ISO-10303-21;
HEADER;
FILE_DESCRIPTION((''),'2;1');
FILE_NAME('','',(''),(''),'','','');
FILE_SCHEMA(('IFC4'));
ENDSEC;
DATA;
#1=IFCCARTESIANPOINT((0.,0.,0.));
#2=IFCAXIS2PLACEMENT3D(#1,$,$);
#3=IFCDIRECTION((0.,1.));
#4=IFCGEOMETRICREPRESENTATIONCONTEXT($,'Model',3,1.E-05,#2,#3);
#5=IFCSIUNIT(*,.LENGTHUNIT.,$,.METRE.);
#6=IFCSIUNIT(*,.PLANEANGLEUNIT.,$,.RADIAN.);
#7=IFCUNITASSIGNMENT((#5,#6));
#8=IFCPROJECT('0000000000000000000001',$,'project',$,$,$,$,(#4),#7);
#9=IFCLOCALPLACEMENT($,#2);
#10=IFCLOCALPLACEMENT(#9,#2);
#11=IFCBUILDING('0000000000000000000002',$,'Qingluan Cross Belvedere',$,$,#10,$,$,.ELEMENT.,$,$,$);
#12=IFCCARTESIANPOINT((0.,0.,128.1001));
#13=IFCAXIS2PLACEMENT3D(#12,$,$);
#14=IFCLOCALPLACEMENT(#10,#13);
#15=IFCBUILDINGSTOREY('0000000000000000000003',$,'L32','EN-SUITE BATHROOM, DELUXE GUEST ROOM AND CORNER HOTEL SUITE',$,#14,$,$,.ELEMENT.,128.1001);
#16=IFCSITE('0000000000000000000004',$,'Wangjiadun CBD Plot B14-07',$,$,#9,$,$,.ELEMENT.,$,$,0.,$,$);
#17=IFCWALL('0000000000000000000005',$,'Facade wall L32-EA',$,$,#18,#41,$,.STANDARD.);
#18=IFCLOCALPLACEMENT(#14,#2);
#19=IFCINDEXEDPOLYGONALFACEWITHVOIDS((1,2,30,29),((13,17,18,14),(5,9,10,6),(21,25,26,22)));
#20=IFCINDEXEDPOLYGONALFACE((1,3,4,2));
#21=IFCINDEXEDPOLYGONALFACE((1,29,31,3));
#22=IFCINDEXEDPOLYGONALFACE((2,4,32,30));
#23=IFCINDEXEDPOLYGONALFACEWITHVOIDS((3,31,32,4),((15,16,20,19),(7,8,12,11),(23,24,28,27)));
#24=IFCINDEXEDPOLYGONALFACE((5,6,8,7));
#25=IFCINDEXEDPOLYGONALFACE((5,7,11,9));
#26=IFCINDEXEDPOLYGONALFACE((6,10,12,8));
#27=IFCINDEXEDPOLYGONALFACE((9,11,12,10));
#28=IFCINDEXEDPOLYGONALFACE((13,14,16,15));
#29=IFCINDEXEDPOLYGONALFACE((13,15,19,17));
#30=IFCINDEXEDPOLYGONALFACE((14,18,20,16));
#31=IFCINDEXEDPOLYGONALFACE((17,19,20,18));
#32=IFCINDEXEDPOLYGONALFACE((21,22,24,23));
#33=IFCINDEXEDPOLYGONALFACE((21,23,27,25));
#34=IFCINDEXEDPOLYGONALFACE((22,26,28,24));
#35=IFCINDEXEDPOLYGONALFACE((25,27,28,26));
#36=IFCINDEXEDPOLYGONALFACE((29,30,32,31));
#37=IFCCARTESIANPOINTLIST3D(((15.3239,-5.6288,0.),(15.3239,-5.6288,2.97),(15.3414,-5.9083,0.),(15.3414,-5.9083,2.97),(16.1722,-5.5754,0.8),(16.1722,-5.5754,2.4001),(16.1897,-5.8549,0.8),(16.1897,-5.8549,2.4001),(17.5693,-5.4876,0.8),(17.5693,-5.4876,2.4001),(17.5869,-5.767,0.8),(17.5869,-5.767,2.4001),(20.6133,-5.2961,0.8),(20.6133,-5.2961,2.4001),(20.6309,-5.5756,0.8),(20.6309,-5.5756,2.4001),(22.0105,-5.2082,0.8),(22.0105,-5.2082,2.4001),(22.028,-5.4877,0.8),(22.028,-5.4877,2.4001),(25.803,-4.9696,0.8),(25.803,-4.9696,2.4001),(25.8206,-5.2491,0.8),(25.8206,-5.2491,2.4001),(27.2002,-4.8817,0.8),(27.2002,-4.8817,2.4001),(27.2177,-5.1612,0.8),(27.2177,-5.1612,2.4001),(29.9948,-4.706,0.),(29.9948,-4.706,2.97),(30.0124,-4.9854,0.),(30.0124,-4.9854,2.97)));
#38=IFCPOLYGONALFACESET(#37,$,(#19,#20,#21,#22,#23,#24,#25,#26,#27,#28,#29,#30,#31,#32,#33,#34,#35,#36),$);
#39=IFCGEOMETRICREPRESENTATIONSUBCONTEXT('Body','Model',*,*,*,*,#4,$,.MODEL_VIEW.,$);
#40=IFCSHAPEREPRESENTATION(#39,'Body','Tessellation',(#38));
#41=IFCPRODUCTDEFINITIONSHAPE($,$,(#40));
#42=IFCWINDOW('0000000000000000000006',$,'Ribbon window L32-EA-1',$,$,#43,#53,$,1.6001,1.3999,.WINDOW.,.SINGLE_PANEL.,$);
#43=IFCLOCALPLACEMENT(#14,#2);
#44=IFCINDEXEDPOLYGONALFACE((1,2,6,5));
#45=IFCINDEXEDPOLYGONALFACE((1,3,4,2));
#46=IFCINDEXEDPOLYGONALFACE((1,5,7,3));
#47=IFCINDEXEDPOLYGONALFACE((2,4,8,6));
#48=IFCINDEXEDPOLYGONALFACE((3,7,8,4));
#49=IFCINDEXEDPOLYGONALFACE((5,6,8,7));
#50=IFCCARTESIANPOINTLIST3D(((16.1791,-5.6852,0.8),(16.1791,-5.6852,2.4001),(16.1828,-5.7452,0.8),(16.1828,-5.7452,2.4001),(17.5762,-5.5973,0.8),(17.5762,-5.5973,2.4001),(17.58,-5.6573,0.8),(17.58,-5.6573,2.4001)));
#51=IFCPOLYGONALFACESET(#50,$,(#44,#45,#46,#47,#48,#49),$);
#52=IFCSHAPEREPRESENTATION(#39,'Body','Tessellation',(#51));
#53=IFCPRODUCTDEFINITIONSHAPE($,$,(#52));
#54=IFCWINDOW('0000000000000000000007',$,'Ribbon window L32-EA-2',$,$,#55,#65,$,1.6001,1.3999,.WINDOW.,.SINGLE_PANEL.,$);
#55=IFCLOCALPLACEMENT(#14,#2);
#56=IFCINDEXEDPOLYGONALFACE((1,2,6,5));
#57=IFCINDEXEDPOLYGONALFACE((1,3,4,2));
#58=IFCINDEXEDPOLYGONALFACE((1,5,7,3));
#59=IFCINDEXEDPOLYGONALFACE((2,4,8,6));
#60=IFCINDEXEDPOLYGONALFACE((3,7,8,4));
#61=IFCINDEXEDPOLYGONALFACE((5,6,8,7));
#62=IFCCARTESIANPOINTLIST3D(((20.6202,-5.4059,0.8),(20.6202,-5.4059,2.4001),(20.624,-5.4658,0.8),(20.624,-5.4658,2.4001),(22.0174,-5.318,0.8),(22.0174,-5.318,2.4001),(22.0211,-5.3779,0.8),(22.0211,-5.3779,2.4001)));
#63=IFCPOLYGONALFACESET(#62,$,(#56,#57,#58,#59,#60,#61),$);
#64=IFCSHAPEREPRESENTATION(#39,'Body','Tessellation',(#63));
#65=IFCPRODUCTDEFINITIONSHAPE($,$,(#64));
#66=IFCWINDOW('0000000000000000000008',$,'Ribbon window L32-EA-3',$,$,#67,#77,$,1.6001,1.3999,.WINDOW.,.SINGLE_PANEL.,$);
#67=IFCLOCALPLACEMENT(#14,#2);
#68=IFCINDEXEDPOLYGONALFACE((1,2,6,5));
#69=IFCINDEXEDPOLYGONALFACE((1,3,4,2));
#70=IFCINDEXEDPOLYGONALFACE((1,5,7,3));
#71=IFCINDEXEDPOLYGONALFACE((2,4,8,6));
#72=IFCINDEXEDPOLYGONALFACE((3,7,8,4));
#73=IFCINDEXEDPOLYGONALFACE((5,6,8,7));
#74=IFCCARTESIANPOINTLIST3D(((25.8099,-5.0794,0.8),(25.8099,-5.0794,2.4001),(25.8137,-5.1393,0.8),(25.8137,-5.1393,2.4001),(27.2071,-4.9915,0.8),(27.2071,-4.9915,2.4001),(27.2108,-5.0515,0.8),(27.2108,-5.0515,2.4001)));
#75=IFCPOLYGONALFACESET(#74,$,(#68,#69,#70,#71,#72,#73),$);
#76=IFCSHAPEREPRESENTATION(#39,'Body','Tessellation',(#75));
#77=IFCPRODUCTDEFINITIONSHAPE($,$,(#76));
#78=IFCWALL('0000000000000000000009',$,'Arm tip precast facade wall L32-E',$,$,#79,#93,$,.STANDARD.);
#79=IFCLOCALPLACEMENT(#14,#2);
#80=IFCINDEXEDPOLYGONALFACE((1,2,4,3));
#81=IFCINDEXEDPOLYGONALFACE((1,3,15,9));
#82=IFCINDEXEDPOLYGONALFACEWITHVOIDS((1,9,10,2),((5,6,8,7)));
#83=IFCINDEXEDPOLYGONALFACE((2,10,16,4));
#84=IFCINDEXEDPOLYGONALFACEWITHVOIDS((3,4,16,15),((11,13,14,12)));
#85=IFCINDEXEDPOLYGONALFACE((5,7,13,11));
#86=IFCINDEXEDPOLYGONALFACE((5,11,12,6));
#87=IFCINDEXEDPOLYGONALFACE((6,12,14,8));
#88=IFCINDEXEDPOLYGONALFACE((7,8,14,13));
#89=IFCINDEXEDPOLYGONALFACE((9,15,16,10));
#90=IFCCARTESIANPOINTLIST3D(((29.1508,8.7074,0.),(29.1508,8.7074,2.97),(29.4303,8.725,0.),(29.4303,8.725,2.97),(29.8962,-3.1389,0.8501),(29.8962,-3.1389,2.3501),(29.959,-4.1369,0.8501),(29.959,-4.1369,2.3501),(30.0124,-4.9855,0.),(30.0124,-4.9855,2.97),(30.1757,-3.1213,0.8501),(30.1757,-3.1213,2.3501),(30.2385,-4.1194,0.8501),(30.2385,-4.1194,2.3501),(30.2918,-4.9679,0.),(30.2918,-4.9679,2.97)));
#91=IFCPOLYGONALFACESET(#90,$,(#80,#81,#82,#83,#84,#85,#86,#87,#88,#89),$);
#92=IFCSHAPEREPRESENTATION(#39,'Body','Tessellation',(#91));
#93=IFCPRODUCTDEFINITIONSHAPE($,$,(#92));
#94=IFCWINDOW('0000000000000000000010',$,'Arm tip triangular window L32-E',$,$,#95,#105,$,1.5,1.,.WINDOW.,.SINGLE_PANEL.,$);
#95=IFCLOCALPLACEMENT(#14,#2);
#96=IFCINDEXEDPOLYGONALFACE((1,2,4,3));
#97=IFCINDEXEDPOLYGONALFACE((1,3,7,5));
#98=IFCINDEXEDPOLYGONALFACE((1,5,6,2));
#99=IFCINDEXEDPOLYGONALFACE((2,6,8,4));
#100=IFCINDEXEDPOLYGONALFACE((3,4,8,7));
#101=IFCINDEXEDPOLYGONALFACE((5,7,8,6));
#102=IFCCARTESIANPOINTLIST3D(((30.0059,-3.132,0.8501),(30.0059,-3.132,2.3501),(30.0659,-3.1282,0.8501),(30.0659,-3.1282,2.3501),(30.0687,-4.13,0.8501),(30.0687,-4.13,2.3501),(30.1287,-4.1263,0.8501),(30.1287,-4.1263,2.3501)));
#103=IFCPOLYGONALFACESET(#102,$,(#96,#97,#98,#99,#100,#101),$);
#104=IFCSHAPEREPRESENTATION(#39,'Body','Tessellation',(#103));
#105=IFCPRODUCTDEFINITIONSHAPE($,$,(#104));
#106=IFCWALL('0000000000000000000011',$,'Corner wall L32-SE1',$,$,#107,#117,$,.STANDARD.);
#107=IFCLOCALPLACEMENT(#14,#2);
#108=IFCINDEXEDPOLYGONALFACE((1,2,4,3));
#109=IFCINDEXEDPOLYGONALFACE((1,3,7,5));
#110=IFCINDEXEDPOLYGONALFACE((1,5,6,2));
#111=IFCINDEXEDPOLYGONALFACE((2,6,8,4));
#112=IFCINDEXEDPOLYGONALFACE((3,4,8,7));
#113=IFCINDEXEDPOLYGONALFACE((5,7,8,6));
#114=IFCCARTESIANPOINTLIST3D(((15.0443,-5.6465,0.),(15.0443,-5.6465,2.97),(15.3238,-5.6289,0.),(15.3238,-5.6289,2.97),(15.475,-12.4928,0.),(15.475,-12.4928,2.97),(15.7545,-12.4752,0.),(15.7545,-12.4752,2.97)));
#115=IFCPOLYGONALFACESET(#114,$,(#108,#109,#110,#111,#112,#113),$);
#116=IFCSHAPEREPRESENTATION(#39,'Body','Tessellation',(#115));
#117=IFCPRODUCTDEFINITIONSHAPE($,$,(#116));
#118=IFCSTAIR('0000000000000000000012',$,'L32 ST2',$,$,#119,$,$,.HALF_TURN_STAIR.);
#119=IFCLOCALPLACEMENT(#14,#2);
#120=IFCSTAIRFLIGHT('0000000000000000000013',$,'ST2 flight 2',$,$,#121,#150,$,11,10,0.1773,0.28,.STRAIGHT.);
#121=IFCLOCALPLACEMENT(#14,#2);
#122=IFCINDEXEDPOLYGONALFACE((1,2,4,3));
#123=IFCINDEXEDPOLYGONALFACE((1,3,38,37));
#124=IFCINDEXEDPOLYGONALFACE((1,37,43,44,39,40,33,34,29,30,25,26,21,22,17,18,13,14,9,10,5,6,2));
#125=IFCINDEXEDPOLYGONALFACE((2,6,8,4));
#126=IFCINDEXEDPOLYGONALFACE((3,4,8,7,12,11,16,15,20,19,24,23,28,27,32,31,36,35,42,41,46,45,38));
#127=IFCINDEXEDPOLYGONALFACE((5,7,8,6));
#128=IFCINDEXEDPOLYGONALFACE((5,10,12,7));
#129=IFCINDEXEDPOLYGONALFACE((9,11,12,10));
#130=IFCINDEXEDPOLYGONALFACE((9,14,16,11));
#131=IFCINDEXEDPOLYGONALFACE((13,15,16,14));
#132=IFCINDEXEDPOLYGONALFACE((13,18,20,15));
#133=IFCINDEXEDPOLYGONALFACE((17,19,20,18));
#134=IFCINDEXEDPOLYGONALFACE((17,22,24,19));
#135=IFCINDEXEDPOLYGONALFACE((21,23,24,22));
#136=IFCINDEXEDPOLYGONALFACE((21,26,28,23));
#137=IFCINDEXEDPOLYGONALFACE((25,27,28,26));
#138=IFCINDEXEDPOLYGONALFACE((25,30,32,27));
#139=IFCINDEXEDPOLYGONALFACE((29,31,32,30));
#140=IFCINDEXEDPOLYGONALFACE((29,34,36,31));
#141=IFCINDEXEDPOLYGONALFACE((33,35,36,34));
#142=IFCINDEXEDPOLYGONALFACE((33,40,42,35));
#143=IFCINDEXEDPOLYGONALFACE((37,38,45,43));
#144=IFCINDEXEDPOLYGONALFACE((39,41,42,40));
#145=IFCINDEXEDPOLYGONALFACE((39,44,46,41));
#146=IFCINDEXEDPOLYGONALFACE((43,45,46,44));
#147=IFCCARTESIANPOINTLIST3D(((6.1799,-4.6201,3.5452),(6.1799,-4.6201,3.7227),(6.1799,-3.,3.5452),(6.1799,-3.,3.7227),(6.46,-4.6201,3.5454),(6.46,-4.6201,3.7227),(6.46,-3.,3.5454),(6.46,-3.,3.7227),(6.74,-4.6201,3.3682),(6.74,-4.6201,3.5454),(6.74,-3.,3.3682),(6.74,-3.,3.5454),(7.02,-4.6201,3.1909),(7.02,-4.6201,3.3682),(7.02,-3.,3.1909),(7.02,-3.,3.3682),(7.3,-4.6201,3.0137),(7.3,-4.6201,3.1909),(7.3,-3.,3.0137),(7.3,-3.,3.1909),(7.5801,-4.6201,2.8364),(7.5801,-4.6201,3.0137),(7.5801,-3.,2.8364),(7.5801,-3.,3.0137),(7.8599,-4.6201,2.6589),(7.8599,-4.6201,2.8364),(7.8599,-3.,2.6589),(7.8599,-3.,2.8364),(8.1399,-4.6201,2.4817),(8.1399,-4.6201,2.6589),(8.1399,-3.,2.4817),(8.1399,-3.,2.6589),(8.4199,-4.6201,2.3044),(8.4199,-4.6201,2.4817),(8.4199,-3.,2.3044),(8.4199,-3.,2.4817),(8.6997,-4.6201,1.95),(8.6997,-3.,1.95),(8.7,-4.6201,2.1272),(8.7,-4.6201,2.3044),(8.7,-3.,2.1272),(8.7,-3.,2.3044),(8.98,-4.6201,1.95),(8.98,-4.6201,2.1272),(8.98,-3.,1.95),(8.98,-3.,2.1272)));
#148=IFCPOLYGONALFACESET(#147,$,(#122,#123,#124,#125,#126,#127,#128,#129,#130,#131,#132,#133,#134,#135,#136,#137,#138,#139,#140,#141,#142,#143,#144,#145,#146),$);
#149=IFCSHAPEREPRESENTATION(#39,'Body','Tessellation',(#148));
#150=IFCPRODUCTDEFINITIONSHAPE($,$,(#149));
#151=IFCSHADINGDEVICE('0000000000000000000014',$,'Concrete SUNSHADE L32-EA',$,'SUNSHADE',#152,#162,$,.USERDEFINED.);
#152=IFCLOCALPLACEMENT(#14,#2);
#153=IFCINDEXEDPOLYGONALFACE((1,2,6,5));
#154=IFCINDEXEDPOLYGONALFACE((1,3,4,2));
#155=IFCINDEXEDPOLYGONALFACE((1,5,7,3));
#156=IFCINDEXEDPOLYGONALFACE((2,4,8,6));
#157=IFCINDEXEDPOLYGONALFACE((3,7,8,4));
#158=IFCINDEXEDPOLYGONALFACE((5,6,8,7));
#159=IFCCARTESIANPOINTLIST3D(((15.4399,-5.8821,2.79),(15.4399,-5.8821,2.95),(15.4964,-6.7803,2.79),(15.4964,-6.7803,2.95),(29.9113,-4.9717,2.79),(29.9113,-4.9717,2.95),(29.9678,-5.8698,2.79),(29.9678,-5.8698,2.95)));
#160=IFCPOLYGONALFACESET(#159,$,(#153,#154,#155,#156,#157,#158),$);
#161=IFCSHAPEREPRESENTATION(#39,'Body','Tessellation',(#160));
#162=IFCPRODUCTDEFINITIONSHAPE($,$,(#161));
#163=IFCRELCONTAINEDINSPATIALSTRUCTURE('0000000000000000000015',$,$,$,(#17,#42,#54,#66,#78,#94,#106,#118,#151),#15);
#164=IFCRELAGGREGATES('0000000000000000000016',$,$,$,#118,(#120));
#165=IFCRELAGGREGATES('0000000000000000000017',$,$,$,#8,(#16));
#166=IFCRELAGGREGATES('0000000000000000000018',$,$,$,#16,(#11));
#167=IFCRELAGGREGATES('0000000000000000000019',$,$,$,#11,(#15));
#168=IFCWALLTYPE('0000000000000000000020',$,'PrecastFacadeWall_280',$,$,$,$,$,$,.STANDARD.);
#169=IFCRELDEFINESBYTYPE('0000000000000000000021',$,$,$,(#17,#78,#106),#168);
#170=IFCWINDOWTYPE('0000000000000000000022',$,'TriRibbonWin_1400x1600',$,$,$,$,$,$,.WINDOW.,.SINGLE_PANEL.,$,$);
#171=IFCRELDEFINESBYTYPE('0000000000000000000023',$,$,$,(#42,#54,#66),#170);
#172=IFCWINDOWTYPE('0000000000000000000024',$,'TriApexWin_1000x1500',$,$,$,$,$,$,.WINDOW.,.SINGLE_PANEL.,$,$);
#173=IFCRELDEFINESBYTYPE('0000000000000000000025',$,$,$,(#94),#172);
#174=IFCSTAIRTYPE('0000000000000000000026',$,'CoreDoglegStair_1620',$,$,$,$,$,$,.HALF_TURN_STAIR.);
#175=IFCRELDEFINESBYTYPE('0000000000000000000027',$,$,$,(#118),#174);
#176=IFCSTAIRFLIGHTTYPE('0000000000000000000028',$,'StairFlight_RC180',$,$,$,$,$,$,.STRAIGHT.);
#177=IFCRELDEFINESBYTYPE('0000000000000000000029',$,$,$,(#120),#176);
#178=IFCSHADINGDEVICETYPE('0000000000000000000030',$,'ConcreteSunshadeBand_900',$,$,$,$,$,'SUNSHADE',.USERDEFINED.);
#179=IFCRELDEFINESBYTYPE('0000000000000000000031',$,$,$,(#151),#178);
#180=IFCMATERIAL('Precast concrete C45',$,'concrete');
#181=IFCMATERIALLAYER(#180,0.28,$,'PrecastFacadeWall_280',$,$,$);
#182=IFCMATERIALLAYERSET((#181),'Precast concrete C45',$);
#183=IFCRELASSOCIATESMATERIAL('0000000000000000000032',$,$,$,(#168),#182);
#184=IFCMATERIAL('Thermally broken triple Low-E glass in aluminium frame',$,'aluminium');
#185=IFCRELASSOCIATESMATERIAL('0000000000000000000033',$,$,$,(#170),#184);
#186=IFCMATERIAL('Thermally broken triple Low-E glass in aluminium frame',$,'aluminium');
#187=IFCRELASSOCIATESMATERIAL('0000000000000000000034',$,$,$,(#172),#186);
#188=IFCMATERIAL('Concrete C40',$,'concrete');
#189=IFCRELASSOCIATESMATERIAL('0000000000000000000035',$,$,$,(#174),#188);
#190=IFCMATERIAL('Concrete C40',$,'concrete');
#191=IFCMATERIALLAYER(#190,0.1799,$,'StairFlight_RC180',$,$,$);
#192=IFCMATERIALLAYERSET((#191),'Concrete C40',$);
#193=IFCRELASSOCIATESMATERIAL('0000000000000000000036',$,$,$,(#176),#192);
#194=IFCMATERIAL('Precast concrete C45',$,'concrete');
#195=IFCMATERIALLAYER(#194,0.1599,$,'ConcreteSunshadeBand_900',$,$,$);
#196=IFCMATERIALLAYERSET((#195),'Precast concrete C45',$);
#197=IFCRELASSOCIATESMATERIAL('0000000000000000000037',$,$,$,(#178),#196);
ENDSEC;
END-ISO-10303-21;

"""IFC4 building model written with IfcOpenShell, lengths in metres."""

from ifc_helpers import new_model, si_unit, direction, frame, frame_2d, origin, origin_2d, place, context, subcontext, project, spatial, polyline, rectangle, outline, extrude, material, layer, layer_set, type_object, element, fill, aggregate, save


model = new_model("IFC4")

# Units and contexts
model_context = context("Model", 3, precision=1e-05, world=origin(), true_north=direction((0.0, 1.0)))
body_context = subcontext(model_context, "Body", "Model", "MODEL_VIEW")
ifc_project = project(units=[si_unit("LENGTHUNIT", "METRE"), si_unit("PLANEANGLEUNIT", "RADIAN")], contexts=[model_context])

# Site, building, storey
site_placement = place(None, origin())
site = spatial("IfcSite", under=ifc_project, at=site_placement, Name="Wangjiadun CBD Plot B14-07", CompositionType="ELEMENT", RefElevation=0.0)
building_placement = place(site_placement, origin())
building = spatial("IfcBuilding", under=site, at=building_placement, Name="Qingluan Cross Belvedere", CompositionType="ELEMENT")
storey_placement = place(building_placement, frame((0.0, 0.0, 128.1001)))
storey = spatial("IfcBuildingStorey", under=building, at=storey_placement, Name="L32", Description="EN-SUITE BATHROOM, DELUXE GUEST ROOM AND CORNER HOTEL SUITE", CompositionType="ELEMENT", Elevation=128.1001)

# Wall, openings, windows
ifc_material_1 = material(Name="Precast concrete C45", Category="concrete")
ifc_layer_1 = layer(ifc_material_1, 0.28, Name="PrecastFacadeWall_280")
ifc_layer_set_1 = layer_set([ifc_layer_1], Name="Precast concrete C45")
wall_type_1 = type_object("IfcWallType", Name="PrecastFacadeWall_280", PredefinedType="STANDARD", material=ifc_layer_set_1)
wall_1_placement = place(storey_placement, frame((15.3325, -5.7686, 0.0), z_axis=(0.0, 0.0, 1.0), x_axis=(0.998027, 0.062779, 0.0)))
wall_1 = element("IfcWall", 1, at=wall_1_placement, inside=storey, type_object=wall_type_1, Name="Facade wall L32-EA", PredefinedType="STANDARD", context=body_context, shape_type="SweptSolid", body=[
    extrude(rectangle(XDim=14.7, YDim=0.28, at=frame_2d((7.3501, 0.0))), origin(), (0.0, 0.0, 1.0), 2.97),
])
opening_1_placement = place(wall_1_placement, frame((0.8501, 0.0, 0.8)))
opening_1 = element("IfcOpeningElement", 2, at=opening_1_placement, cuts=wall_1, PredefinedType="OPENING", context=body_context, shape_type="SweptSolid", body=[
    extrude(rectangle(XDim=1.3999, YDim=1.6001, at=frame_2d((0.7, 0.8))), frame((0.0, 0.1499, 0.0), z_axis=(0.0, -1.0, 0.0), x_axis=(1.0, 0.0, 0.0)), (0.0, 0.0, 1.0), 0.3),
])
opening_2_placement = place(wall_1_placement, frame((5.3, 0.0, 0.8)))
opening_2 = element("IfcOpeningElement", 3, at=opening_2_placement, cuts=wall_1, PredefinedType="OPENING", context=body_context, shape_type="SweptSolid", body=[
    extrude(rectangle(XDim=1.3999, YDim=1.6001, at=frame_2d((0.7, 0.8))), frame((0.0, 0.1499, 0.0), z_axis=(0.0, -1.0, 0.0), x_axis=(1.0, 0.0, 0.0)), (0.0, 0.0, 1.0), 0.3),
])
opening_3_placement = place(wall_1_placement, frame((10.5, 0.0, 0.8)))
opening_3 = element("IfcOpeningElement", 4, at=opening_3_placement, cuts=wall_1, PredefinedType="OPENING", context=body_context, shape_type="SweptSolid", body=[
    extrude(rectangle(XDim=1.3999, YDim=1.6001, at=frame_2d((0.7, 0.8))), frame((0.0, 0.1499, 0.0), z_axis=(0.0, -1.0, 0.0), x_axis=(1.0, 0.0, 0.0)), (0.0, 0.0, 1.0), 0.3),
])
ifc_material_2 = material(Name="Thermally broken triple Low-E glass in aluminium frame", Category="aluminium")
window_type_1 = type_object("IfcWindowType", Name="TriRibbonWin_1400x1600", PartitioningType="SINGLE_PANEL", PredefinedType="WINDOW", material=ifc_material_2)
window_1_placement = place(opening_1_placement, origin())
window_1 = element("IfcWindow", 5, at=window_1_placement, inside=storey, type_object=window_type_1, Name="Ribbon window L32-EA-1", OverallHeight=1.6001, OverallWidth=1.3999, PartitioningType="SINGLE_PANEL", PredefinedType="WINDOW", context=body_context, shape_type="SweptSolid", body=[
    extrude(rectangle(XDim=1.3999, YDim=1.6001, at=frame_2d((0.7, 0.8))), frame((0.0, 0.03, 0.0), z_axis=(0.0, -1.0, 0.0), x_axis=(1.0, 0.0, 0.0)), (0.0, 0.0, 1.0), 0.0601),
])
fill(opening_1, window_1)
window_2_placement = place(opening_2_placement, origin())
window_2 = element("IfcWindow", 6, at=window_2_placement, inside=storey, type_object=window_type_1, Name="Ribbon window L32-EA-2", OverallHeight=1.6001, OverallWidth=1.3999, PartitioningType="SINGLE_PANEL", PredefinedType="WINDOW", context=body_context, shape_type="SweptSolid", body=[
    extrude(rectangle(XDim=1.3999, YDim=1.6001, at=frame_2d((0.7, 0.8))), frame((0.0, 0.03, 0.0), z_axis=(0.0, -1.0, 0.0), x_axis=(1.0, 0.0, 0.0)), (0.0, 0.0, 1.0), 0.0601),
])
fill(opening_2, window_2)
window_3_placement = place(opening_3_placement, origin())
window_3 = element("IfcWindow", 7, at=window_3_placement, inside=storey, type_object=window_type_1, Name="Ribbon window L32-EA-3", OverallHeight=1.6001, OverallWidth=1.3999, PartitioningType="SINGLE_PANEL", PredefinedType="WINDOW", context=body_context, shape_type="SweptSolid", body=[
    extrude(rectangle(XDim=1.3999, YDim=1.6001, at=frame_2d((0.7, 0.8))), frame((0.0, 0.03, 0.0), z_axis=(0.0, -1.0, 0.0), x_axis=(1.0, 0.0, 0.0)), (0.0, 0.0, 1.0), 0.0601),
])
fill(opening_3, window_3)

# Wall, opening, window
wall_2_placement = place(storey_placement, frame((30.1521, -4.9766, 0.0), z_axis=(0.0, 0.0, 1.0), x_axis=(-0.062797, 0.998026, 0.0)))
wall_2 = element("IfcWall", 8, at=wall_2_placement, inside=storey, type_object=wall_type_1, Name="Arm tip precast facade wall L32-E", PredefinedType="STANDARD", context=body_context, shape_type="SweptSolid", body=[
    extrude(rectangle(XDim=13.72, YDim=0.28, at=frame_2d((6.8599, 0.0))), origin(), (0.0, 0.0, 1.0), 2.97),
])
opening_4_placement = place(wall_2_placement, frame((0.8501, 0.0, 0.8501)))
opening_4 = element("IfcOpeningElement", 9, at=opening_4_placement, cuts=wall_2, PredefinedType="OPENING", context=body_context, shape_type="SweptSolid", body=[
    extrude(rectangle(XDim=1.0, YDim=1.5, at=frame_2d((0.5, 0.75))), frame((0.0, 0.1499, 0.0), z_axis=(0.0, -1.0, 0.0), x_axis=(1.0, 0.0, 0.0)), (0.0, 0.0, 1.0), 0.3),
])
ifc_material_3 = material(Name="Thermally broken triple Low-E glass in aluminium frame", Category="aluminium")
window_type_2 = type_object("IfcWindowType", Name="TriApexWin_1000x1500", PartitioningType="SINGLE_PANEL", PredefinedType="WINDOW", material=ifc_material_3)
window_4_placement = place(opening_4_placement, origin())
window_4 = element("IfcWindow", 10, at=window_4_placement, inside=storey, type_object=window_type_2, Name="Arm tip triangular window L32-E", OverallHeight=1.5, OverallWidth=1.0, PartitioningType="SINGLE_PANEL", PredefinedType="WINDOW", context=body_context, shape_type="SweptSolid", body=[
    extrude(rectangle(XDim=1.0, YDim=1.5, at=frame_2d((0.5, 0.75))), frame((0.0, 0.03, 0.0), z_axis=(0.0, -1.0, 0.0), x_axis=(1.0, 0.0, 0.0)), (0.0, 0.0, 1.0), 0.0601),
])
fill(opening_4, window_4)

# Wall
wall_3_placement = place(storey_placement, frame((15.1841, -5.6377, 0.0), z_axis=(0.0, 0.0, 1.0), x_axis=(0.062779, -0.998027, 0.0)))
element("IfcWall", 11, at=wall_3_placement, inside=storey, type_object=wall_type_1, Name="Corner wall L32-SE1", PredefinedType="STANDARD", context=body_context, shape_type="SweptSolid", body=[
    extrude(rectangle(XDim=6.8599, YDim=0.28, at=frame_2d((3.4299, 0.0))), origin(), (0.0, 0.0, 1.0), 2.97),
])

# Stair, stair flight
ifc_material_4 = material(Name="Concrete C40", Category="concrete")
stair_type = type_object("IfcStairType", Name="CoreDoglegStair_1620", PredefinedType="HALF_TURN_STAIR", material=ifc_material_4)
stair_placement = place(storey_placement, origin())
stair = element("IfcStair", 12, at=stair_placement, inside=storey, type_object=stair_type, Name="L32 ST2", PredefinedType="HALF_TURN_STAIR")
ifc_material_5 = material(Name="Concrete C40", Category="concrete")
ifc_layer_2 = layer(ifc_material_5, 0.1799, Name="StairFlight_RC180")
ifc_layer_set_2 = layer_set([ifc_layer_2], Name="Concrete C40")
stair_flight_type = type_object("IfcStairFlightType", Name="StairFlight_RC180", PredefinedType="STRAIGHT", material=ifc_layer_set_2)
stair_flight_placement = place(storey_placement, frame((8.98, -3.8101, 1.95), z_axis=(0.0, 0.0, 1.0), x_axis=(-1.0, 0.0, 0.0)))
stair_flight = element("IfcStairFlight", 13, at=stair_flight_placement, type_object=stair_flight_type, Name="ST2 flight 2", NumberOfRisers=11, NumberOfTreads=10, PredefinedType="STRAIGHT", RiserHeight=0.1773, TreadLength=0.28, context=body_context, shape_type="SweptSolid", body=[
    extrude(outline(polyline([(0.0, 0.0), (0.0, 0.1772), (0.28, 0.1772), (0.28, 0.3545), (0.5601, 0.3545), (0.5601, 0.5317), (0.8401, 0.5317), (0.8401, 0.709), (1.1201, 0.709), (1.1201, 0.8865), (1.3999, 0.8865), (1.3999, 1.0637), (1.6799, 1.0637), (1.6799, 1.241), (1.96, 1.241), (1.96, 1.4182), (2.24, 1.4182), (2.24, 1.5955), (2.52, 1.5955), (2.52, 1.7727), (2.8, 1.7727), (2.8, 1.95), (2.8, 1.5952), (0.2803, 0.0), (0.0, 0.0)])), frame((0.0, 0.8101, 0.0), z_axis=(0.0, -1.0, 0.0), x_axis=(1.0, 0.0, 0.0)), (0.0, 0.0, 1.0), 1.6201),
])
aggregate(stair, [stair_flight])

# Shading device
ifc_material_6 = material(Name="Precast concrete C45", Category="concrete")
ifc_layer_3 = layer(ifc_material_6, 0.1599, Name="ConcreteSunshadeBand_900")
ifc_layer_set_3 = layer_set([ifc_layer_3], Name="Precast concrete C45")
shading_device_type = type_object("IfcShadingDeviceType", Name="ConcreteSunshadeBand_900", ElementType="SUNSHADE", PredefinedType="USERDEFINED", material=ifc_layer_set_3)
shading_device_placement = place(storey_placement, frame((22.7039, -5.876, 2.79), z_axis=(0.0, 0.0, 1.0), x_axis=(0.998027, 0.062789, 0.0)))
element("IfcShadingDevice", 14, at=shading_device_placement, inside=storey, type_object=shading_device_type, Name="Concrete SUNSHADE L32-EA", ObjectType="SUNSHADE", PredefinedType="USERDEFINED", context=body_context, shape_type="SweptSolid", body=[
    extrude(rectangle(XDim=14.5, YDim=0.8999, at=origin_2d()), origin(), (0.0, 0.0, 1.0), 0.1599),
])

save(model, "model.ifc")
